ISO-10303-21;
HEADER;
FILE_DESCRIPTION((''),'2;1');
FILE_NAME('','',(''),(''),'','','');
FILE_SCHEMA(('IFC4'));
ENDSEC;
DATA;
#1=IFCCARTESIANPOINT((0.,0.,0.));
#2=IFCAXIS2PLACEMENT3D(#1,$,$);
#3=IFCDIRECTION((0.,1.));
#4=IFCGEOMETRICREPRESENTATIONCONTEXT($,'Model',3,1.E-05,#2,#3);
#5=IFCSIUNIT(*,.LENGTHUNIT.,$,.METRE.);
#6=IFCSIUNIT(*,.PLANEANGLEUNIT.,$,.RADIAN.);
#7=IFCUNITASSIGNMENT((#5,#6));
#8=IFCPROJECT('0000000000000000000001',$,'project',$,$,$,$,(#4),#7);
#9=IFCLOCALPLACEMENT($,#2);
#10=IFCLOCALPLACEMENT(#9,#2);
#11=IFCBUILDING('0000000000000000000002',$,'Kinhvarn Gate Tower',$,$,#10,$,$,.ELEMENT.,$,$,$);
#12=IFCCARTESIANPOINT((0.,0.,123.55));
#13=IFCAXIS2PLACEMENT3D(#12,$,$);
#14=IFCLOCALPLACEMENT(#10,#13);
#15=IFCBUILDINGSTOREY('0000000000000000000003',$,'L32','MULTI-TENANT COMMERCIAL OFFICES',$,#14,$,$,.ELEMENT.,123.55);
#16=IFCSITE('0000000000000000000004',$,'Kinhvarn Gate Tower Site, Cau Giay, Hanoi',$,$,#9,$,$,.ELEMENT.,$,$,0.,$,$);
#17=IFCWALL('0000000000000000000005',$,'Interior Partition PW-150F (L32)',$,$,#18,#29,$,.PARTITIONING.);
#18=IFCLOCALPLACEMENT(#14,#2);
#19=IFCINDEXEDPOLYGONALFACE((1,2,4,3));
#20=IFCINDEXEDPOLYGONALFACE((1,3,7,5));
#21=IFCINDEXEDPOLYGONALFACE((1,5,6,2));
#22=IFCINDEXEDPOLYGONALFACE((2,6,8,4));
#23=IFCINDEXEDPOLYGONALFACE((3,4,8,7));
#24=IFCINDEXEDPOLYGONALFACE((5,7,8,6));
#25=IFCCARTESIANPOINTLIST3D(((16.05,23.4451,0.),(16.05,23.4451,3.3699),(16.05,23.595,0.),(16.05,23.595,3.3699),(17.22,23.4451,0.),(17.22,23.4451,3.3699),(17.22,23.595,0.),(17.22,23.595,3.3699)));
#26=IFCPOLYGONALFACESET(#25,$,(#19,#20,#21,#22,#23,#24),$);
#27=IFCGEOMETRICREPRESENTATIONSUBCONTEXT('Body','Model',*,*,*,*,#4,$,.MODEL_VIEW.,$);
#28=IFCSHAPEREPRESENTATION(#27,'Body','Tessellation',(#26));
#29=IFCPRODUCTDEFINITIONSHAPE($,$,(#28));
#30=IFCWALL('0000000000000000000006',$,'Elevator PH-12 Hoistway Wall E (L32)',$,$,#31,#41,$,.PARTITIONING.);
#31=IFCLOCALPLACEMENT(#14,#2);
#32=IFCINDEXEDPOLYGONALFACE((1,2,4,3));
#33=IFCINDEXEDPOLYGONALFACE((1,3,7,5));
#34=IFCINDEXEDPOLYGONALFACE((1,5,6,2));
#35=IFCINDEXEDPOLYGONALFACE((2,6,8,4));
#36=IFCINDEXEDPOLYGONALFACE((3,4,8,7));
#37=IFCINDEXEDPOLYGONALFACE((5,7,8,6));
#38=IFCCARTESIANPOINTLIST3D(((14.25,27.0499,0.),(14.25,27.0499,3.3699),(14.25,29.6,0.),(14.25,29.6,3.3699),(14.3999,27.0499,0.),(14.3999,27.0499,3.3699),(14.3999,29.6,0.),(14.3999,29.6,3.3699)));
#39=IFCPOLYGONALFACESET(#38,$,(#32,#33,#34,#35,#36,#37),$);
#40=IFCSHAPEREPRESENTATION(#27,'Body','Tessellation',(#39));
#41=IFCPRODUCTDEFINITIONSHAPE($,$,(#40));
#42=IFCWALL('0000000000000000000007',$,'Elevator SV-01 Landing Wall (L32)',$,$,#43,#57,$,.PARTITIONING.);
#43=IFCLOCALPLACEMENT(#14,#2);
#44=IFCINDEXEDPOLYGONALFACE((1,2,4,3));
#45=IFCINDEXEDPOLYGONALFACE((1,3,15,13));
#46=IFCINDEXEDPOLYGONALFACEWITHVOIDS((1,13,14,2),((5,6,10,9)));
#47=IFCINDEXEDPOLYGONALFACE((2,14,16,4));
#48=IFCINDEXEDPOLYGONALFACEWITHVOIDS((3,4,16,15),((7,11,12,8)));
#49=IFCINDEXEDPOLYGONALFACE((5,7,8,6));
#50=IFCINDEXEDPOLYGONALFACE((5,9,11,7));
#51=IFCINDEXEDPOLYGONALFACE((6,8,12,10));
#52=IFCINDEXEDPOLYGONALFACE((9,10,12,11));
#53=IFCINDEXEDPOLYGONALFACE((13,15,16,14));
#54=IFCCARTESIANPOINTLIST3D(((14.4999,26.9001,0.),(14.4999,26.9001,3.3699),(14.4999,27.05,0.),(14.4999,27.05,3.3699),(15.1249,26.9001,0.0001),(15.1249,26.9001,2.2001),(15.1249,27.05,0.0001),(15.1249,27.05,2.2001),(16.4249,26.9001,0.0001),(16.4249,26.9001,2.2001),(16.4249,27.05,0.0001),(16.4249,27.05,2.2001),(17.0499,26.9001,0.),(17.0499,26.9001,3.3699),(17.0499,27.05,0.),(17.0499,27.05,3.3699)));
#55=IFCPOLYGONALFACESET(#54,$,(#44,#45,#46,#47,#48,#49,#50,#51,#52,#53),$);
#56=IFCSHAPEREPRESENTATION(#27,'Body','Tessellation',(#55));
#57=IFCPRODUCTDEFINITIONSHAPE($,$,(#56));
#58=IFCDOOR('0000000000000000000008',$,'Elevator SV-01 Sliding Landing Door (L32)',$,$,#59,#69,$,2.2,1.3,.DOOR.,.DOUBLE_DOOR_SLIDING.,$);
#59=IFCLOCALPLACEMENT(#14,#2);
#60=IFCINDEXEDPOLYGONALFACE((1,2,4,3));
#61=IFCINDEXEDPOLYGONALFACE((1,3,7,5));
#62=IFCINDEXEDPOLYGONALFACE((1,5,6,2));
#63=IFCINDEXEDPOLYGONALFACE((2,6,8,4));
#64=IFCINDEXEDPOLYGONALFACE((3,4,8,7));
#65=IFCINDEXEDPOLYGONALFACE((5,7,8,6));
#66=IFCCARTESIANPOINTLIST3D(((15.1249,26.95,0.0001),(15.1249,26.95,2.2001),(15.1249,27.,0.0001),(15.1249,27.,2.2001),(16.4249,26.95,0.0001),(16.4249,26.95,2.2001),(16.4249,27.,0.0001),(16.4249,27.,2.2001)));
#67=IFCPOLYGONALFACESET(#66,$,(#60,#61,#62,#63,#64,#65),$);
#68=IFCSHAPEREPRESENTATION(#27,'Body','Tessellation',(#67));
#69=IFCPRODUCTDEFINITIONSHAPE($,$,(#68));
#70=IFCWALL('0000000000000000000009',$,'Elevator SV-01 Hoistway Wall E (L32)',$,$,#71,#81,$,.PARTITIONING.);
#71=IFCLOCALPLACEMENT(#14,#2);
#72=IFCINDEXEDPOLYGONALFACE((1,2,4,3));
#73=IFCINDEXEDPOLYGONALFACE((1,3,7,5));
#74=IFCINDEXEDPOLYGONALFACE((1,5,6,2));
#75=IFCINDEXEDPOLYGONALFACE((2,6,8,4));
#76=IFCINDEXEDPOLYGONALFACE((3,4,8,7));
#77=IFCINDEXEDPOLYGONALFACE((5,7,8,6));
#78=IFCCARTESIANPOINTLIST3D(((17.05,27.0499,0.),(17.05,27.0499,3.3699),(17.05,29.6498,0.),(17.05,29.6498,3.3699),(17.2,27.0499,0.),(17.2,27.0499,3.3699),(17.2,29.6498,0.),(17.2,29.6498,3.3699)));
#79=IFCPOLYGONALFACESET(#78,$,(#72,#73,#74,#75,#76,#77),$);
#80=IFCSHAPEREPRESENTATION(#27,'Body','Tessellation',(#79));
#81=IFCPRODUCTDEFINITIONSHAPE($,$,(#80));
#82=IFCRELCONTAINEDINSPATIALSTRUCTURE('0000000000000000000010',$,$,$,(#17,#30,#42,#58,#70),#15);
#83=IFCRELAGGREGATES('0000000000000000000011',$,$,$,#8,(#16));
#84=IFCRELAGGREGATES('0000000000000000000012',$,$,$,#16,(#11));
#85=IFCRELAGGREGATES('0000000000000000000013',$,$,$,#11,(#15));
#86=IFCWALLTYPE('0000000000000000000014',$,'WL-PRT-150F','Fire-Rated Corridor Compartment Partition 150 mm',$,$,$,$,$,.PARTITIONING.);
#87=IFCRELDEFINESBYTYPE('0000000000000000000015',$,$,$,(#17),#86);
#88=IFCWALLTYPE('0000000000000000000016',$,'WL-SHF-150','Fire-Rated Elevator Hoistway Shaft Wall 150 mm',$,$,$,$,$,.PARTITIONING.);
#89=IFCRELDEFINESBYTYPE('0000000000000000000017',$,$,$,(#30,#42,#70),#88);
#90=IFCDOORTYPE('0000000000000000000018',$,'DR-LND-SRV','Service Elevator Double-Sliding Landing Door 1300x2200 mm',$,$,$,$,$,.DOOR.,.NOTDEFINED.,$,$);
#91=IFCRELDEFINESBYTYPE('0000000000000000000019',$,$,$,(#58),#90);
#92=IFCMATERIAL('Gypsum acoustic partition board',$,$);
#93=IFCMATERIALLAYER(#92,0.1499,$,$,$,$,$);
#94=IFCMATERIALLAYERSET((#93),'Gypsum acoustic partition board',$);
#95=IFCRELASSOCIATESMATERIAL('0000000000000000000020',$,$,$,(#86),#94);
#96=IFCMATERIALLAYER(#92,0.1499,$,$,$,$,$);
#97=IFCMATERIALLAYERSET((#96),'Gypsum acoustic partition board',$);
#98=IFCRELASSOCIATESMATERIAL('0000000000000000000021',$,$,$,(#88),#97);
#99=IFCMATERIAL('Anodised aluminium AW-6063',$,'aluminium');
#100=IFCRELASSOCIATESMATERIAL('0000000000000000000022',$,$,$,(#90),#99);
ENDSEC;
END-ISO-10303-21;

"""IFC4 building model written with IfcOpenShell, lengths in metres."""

from ifc_helpers import new_model, si_unit, direction, frame, frame_2d, origin, place, context, subcontext, project, spatial, rectangle, extrude, material, layer, layer_set, type_object, element, fill, save


model = new_model("IFC4")

# Units and contexts
model_context = context("Model", 3, precision=1e-05, world=origin(), true_north=direction((0.0, 1.0)))
body_context = subcontext(model_context, "Body", "Model", "MODEL_VIEW")
ifc_project = project(units=[si_unit("LENGTHUNIT", "METRE"), si_unit("PLANEANGLEUNIT", "RADIAN")], contexts=[model_context])

# Site, building, storey
site_placement = place(None, origin())
site = spatial("IfcSite", under=ifc_project, at=site_placement, Name="Kinhvarn Gate Tower Site, Cau Giay, Hanoi", CompositionType="ELEMENT", RefElevation=0.0)
building_placement = place(site_placement, origin())
building = spatial("IfcBuilding", under=site, at=building_placement, Name="Kinhvarn Gate Tower", CompositionType="ELEMENT")
storey_placement = place(building_placement, frame((0.0, 0.0, 123.55)))
storey = spatial("IfcBuildingStorey", under=building, at=storey_placement, Name="L32", Description="MULTI-TENANT COMMERCIAL OFFICES", CompositionType="ELEMENT", Elevation=123.55)

# Shared definitions
ifc_material_1 = material(Name="Anodised aluminium AW-6063", Category="aluminium")

# Shared definitions
ifc_material_2 = material(Name="Gypsum acoustic partition board")

# Shared definitions
ifc_layer_1 = layer(ifc_material_2, 0.1499)
ifc_layer_set_1 = layer_set([ifc_layer_1], Name="Gypsum acoustic partition board")
wall_type_1 = type_object("IfcWallType", Name="WL-PRT-150F", Description="Fire-Rated Corridor Compartment Partition 150 mm", PredefinedType="PARTITIONING", material=ifc_layer_set_1)

# Walls
wall_1_placement = place(storey_placement, frame((16.05, 23.52, 0.0), z_axis=(0.0, 0.0, 1.0), x_axis=(1.0, 0.0, 0.0)))
element("IfcWall", 1, at=wall_1_placement, inside=storey, type_object=wall_type_1, Name="Interior Partition PW-150F (L32)", PredefinedType="PARTITIONING", context=body_context, shape_type="SweptSolid", body=[
    extrude(rectangle(XDim=1.1699, YDim=0.1499, at=frame_2d((0.585, 0.0))), origin(), (0.0, 0.0, 1.0), 3.3699),
])
ifc_layer_2 = layer(ifc_material_2, 0.1499)
ifc_layer_set_2 = layer_set([ifc_layer_2], Name="Gypsum acoustic partition board")
wall_type_2 = type_object("IfcWallType", Name="WL-SHF-150", Description="Fire-Rated Elevator Hoistway Shaft Wall 150 mm", PredefinedType="PARTITIONING", material=ifc_layer_set_2)
wall_2_placement = place(storey_placement, frame((14.325, 27.05, 0.0), z_axis=(0.0, 0.0, 1.0), x_axis=(0.0, 1.0, 0.0)))
element("IfcWall", 2, at=wall_2_placement, inside=storey, type_object=wall_type_2, Name="Elevator PH-12 Hoistway Wall E (L32)", PredefinedType="PARTITIONING", context=body_context, shape_type="SweptSolid", body=[
    extrude(rectangle(XDim=2.55, YDim=0.1499, at=frame_2d((1.2749, 0.0))), origin(), (0.0, 0.0, 1.0), 3.3699),
])

# Wall, opening, door
wall_3_placement = place(storey_placement, frame((14.5, 26.9751, 0.0), z_axis=(0.0, 0.0, 1.0), x_axis=(1.0, 0.0, 0.0)))
wall_3 = element("IfcWall", 3, at=wall_3_placement, inside=storey, type_object=wall_type_2, Name="Elevator SV-01 Landing Wall (L32)", PredefinedType="PARTITIONING", context=body_context, shape_type="SweptSolid", body=[
    extrude(rectangle(XDim=2.55, YDim=0.1499, at=frame_2d((1.2749, 0.0))), origin(), (0.0, 0.0, 1.0), 3.3699),
])
opening_1_placement = place(wall_3_placement, frame((0.625, 0.0, 0.0)))
opening_1 = element("IfcOpeningElement", 4, at=opening_1_placement, cuts=wall_3, PredefinedType="OPENING", context=body_context, shape_type="SweptSolid", body=[
    extrude(rectangle(XDim=1.3, YDim=2.2, at=frame_2d((0.6499, 1.1001))), frame((0.0, 0.085, 0.0), z_axis=(0.0, -1.0, 0.0), x_axis=(1.0, 0.0, 0.0)), (0.0, 0.0, 1.0), 0.1699),
])
door_type_1 = type_object("IfcDoorType", Name="DR-LND-SRV", Description="Service Elevator Double-Sliding Landing Door 1300x2200 mm", OperationType="NOTDEFINED", PredefinedType="DOOR", material=ifc_material_1)
door_1_placement = place(opening_1_placement, origin())
door_1 = element("IfcDoor", 5, at=door_1_placement, inside=storey, type_object=door_type_1, Name="Elevator SV-01 Sliding Landing Door (L32)", OperationType="DOUBLE_DOOR_SLIDING", OverallHeight=2.2, OverallWidth=1.3, PredefinedType="DOOR", context=body_context, shape_type="SweptSolid", body=[
    extrude(rectangle(XDim=1.3, YDim=2.2, at=frame_2d((0.6499, 1.1001))), frame((0.0, 0.0249, 0.0), z_axis=(0.0, -1.0, 0.0), x_axis=(1.0, 0.0, 0.0)), (0.0, 0.0, 1.0), 0.05),
])
fill(opening_1, door_1)

# Wall
wall_4_placement = place(storey_placement, frame((17.125, 27.05, 0.0), z_axis=(0.0, 0.0, 1.0), x_axis=(0.0, 1.0, 0.0)))
element("IfcWall", 6, at=wall_4_placement, inside=storey, type_object=wall_type_2, Name="Elevator SV-01 Hoistway Wall E (L32)", PredefinedType="PARTITIONING", context=body_context, shape_type="SweptSolid", body=[
    extrude(rectangle(XDim=2.5999, YDim=0.1499, at=frame_2d((1.2998, 0.0))), origin(), (0.0, 0.0, 1.0), 3.3699),
])

save(model, "model.ifc")
